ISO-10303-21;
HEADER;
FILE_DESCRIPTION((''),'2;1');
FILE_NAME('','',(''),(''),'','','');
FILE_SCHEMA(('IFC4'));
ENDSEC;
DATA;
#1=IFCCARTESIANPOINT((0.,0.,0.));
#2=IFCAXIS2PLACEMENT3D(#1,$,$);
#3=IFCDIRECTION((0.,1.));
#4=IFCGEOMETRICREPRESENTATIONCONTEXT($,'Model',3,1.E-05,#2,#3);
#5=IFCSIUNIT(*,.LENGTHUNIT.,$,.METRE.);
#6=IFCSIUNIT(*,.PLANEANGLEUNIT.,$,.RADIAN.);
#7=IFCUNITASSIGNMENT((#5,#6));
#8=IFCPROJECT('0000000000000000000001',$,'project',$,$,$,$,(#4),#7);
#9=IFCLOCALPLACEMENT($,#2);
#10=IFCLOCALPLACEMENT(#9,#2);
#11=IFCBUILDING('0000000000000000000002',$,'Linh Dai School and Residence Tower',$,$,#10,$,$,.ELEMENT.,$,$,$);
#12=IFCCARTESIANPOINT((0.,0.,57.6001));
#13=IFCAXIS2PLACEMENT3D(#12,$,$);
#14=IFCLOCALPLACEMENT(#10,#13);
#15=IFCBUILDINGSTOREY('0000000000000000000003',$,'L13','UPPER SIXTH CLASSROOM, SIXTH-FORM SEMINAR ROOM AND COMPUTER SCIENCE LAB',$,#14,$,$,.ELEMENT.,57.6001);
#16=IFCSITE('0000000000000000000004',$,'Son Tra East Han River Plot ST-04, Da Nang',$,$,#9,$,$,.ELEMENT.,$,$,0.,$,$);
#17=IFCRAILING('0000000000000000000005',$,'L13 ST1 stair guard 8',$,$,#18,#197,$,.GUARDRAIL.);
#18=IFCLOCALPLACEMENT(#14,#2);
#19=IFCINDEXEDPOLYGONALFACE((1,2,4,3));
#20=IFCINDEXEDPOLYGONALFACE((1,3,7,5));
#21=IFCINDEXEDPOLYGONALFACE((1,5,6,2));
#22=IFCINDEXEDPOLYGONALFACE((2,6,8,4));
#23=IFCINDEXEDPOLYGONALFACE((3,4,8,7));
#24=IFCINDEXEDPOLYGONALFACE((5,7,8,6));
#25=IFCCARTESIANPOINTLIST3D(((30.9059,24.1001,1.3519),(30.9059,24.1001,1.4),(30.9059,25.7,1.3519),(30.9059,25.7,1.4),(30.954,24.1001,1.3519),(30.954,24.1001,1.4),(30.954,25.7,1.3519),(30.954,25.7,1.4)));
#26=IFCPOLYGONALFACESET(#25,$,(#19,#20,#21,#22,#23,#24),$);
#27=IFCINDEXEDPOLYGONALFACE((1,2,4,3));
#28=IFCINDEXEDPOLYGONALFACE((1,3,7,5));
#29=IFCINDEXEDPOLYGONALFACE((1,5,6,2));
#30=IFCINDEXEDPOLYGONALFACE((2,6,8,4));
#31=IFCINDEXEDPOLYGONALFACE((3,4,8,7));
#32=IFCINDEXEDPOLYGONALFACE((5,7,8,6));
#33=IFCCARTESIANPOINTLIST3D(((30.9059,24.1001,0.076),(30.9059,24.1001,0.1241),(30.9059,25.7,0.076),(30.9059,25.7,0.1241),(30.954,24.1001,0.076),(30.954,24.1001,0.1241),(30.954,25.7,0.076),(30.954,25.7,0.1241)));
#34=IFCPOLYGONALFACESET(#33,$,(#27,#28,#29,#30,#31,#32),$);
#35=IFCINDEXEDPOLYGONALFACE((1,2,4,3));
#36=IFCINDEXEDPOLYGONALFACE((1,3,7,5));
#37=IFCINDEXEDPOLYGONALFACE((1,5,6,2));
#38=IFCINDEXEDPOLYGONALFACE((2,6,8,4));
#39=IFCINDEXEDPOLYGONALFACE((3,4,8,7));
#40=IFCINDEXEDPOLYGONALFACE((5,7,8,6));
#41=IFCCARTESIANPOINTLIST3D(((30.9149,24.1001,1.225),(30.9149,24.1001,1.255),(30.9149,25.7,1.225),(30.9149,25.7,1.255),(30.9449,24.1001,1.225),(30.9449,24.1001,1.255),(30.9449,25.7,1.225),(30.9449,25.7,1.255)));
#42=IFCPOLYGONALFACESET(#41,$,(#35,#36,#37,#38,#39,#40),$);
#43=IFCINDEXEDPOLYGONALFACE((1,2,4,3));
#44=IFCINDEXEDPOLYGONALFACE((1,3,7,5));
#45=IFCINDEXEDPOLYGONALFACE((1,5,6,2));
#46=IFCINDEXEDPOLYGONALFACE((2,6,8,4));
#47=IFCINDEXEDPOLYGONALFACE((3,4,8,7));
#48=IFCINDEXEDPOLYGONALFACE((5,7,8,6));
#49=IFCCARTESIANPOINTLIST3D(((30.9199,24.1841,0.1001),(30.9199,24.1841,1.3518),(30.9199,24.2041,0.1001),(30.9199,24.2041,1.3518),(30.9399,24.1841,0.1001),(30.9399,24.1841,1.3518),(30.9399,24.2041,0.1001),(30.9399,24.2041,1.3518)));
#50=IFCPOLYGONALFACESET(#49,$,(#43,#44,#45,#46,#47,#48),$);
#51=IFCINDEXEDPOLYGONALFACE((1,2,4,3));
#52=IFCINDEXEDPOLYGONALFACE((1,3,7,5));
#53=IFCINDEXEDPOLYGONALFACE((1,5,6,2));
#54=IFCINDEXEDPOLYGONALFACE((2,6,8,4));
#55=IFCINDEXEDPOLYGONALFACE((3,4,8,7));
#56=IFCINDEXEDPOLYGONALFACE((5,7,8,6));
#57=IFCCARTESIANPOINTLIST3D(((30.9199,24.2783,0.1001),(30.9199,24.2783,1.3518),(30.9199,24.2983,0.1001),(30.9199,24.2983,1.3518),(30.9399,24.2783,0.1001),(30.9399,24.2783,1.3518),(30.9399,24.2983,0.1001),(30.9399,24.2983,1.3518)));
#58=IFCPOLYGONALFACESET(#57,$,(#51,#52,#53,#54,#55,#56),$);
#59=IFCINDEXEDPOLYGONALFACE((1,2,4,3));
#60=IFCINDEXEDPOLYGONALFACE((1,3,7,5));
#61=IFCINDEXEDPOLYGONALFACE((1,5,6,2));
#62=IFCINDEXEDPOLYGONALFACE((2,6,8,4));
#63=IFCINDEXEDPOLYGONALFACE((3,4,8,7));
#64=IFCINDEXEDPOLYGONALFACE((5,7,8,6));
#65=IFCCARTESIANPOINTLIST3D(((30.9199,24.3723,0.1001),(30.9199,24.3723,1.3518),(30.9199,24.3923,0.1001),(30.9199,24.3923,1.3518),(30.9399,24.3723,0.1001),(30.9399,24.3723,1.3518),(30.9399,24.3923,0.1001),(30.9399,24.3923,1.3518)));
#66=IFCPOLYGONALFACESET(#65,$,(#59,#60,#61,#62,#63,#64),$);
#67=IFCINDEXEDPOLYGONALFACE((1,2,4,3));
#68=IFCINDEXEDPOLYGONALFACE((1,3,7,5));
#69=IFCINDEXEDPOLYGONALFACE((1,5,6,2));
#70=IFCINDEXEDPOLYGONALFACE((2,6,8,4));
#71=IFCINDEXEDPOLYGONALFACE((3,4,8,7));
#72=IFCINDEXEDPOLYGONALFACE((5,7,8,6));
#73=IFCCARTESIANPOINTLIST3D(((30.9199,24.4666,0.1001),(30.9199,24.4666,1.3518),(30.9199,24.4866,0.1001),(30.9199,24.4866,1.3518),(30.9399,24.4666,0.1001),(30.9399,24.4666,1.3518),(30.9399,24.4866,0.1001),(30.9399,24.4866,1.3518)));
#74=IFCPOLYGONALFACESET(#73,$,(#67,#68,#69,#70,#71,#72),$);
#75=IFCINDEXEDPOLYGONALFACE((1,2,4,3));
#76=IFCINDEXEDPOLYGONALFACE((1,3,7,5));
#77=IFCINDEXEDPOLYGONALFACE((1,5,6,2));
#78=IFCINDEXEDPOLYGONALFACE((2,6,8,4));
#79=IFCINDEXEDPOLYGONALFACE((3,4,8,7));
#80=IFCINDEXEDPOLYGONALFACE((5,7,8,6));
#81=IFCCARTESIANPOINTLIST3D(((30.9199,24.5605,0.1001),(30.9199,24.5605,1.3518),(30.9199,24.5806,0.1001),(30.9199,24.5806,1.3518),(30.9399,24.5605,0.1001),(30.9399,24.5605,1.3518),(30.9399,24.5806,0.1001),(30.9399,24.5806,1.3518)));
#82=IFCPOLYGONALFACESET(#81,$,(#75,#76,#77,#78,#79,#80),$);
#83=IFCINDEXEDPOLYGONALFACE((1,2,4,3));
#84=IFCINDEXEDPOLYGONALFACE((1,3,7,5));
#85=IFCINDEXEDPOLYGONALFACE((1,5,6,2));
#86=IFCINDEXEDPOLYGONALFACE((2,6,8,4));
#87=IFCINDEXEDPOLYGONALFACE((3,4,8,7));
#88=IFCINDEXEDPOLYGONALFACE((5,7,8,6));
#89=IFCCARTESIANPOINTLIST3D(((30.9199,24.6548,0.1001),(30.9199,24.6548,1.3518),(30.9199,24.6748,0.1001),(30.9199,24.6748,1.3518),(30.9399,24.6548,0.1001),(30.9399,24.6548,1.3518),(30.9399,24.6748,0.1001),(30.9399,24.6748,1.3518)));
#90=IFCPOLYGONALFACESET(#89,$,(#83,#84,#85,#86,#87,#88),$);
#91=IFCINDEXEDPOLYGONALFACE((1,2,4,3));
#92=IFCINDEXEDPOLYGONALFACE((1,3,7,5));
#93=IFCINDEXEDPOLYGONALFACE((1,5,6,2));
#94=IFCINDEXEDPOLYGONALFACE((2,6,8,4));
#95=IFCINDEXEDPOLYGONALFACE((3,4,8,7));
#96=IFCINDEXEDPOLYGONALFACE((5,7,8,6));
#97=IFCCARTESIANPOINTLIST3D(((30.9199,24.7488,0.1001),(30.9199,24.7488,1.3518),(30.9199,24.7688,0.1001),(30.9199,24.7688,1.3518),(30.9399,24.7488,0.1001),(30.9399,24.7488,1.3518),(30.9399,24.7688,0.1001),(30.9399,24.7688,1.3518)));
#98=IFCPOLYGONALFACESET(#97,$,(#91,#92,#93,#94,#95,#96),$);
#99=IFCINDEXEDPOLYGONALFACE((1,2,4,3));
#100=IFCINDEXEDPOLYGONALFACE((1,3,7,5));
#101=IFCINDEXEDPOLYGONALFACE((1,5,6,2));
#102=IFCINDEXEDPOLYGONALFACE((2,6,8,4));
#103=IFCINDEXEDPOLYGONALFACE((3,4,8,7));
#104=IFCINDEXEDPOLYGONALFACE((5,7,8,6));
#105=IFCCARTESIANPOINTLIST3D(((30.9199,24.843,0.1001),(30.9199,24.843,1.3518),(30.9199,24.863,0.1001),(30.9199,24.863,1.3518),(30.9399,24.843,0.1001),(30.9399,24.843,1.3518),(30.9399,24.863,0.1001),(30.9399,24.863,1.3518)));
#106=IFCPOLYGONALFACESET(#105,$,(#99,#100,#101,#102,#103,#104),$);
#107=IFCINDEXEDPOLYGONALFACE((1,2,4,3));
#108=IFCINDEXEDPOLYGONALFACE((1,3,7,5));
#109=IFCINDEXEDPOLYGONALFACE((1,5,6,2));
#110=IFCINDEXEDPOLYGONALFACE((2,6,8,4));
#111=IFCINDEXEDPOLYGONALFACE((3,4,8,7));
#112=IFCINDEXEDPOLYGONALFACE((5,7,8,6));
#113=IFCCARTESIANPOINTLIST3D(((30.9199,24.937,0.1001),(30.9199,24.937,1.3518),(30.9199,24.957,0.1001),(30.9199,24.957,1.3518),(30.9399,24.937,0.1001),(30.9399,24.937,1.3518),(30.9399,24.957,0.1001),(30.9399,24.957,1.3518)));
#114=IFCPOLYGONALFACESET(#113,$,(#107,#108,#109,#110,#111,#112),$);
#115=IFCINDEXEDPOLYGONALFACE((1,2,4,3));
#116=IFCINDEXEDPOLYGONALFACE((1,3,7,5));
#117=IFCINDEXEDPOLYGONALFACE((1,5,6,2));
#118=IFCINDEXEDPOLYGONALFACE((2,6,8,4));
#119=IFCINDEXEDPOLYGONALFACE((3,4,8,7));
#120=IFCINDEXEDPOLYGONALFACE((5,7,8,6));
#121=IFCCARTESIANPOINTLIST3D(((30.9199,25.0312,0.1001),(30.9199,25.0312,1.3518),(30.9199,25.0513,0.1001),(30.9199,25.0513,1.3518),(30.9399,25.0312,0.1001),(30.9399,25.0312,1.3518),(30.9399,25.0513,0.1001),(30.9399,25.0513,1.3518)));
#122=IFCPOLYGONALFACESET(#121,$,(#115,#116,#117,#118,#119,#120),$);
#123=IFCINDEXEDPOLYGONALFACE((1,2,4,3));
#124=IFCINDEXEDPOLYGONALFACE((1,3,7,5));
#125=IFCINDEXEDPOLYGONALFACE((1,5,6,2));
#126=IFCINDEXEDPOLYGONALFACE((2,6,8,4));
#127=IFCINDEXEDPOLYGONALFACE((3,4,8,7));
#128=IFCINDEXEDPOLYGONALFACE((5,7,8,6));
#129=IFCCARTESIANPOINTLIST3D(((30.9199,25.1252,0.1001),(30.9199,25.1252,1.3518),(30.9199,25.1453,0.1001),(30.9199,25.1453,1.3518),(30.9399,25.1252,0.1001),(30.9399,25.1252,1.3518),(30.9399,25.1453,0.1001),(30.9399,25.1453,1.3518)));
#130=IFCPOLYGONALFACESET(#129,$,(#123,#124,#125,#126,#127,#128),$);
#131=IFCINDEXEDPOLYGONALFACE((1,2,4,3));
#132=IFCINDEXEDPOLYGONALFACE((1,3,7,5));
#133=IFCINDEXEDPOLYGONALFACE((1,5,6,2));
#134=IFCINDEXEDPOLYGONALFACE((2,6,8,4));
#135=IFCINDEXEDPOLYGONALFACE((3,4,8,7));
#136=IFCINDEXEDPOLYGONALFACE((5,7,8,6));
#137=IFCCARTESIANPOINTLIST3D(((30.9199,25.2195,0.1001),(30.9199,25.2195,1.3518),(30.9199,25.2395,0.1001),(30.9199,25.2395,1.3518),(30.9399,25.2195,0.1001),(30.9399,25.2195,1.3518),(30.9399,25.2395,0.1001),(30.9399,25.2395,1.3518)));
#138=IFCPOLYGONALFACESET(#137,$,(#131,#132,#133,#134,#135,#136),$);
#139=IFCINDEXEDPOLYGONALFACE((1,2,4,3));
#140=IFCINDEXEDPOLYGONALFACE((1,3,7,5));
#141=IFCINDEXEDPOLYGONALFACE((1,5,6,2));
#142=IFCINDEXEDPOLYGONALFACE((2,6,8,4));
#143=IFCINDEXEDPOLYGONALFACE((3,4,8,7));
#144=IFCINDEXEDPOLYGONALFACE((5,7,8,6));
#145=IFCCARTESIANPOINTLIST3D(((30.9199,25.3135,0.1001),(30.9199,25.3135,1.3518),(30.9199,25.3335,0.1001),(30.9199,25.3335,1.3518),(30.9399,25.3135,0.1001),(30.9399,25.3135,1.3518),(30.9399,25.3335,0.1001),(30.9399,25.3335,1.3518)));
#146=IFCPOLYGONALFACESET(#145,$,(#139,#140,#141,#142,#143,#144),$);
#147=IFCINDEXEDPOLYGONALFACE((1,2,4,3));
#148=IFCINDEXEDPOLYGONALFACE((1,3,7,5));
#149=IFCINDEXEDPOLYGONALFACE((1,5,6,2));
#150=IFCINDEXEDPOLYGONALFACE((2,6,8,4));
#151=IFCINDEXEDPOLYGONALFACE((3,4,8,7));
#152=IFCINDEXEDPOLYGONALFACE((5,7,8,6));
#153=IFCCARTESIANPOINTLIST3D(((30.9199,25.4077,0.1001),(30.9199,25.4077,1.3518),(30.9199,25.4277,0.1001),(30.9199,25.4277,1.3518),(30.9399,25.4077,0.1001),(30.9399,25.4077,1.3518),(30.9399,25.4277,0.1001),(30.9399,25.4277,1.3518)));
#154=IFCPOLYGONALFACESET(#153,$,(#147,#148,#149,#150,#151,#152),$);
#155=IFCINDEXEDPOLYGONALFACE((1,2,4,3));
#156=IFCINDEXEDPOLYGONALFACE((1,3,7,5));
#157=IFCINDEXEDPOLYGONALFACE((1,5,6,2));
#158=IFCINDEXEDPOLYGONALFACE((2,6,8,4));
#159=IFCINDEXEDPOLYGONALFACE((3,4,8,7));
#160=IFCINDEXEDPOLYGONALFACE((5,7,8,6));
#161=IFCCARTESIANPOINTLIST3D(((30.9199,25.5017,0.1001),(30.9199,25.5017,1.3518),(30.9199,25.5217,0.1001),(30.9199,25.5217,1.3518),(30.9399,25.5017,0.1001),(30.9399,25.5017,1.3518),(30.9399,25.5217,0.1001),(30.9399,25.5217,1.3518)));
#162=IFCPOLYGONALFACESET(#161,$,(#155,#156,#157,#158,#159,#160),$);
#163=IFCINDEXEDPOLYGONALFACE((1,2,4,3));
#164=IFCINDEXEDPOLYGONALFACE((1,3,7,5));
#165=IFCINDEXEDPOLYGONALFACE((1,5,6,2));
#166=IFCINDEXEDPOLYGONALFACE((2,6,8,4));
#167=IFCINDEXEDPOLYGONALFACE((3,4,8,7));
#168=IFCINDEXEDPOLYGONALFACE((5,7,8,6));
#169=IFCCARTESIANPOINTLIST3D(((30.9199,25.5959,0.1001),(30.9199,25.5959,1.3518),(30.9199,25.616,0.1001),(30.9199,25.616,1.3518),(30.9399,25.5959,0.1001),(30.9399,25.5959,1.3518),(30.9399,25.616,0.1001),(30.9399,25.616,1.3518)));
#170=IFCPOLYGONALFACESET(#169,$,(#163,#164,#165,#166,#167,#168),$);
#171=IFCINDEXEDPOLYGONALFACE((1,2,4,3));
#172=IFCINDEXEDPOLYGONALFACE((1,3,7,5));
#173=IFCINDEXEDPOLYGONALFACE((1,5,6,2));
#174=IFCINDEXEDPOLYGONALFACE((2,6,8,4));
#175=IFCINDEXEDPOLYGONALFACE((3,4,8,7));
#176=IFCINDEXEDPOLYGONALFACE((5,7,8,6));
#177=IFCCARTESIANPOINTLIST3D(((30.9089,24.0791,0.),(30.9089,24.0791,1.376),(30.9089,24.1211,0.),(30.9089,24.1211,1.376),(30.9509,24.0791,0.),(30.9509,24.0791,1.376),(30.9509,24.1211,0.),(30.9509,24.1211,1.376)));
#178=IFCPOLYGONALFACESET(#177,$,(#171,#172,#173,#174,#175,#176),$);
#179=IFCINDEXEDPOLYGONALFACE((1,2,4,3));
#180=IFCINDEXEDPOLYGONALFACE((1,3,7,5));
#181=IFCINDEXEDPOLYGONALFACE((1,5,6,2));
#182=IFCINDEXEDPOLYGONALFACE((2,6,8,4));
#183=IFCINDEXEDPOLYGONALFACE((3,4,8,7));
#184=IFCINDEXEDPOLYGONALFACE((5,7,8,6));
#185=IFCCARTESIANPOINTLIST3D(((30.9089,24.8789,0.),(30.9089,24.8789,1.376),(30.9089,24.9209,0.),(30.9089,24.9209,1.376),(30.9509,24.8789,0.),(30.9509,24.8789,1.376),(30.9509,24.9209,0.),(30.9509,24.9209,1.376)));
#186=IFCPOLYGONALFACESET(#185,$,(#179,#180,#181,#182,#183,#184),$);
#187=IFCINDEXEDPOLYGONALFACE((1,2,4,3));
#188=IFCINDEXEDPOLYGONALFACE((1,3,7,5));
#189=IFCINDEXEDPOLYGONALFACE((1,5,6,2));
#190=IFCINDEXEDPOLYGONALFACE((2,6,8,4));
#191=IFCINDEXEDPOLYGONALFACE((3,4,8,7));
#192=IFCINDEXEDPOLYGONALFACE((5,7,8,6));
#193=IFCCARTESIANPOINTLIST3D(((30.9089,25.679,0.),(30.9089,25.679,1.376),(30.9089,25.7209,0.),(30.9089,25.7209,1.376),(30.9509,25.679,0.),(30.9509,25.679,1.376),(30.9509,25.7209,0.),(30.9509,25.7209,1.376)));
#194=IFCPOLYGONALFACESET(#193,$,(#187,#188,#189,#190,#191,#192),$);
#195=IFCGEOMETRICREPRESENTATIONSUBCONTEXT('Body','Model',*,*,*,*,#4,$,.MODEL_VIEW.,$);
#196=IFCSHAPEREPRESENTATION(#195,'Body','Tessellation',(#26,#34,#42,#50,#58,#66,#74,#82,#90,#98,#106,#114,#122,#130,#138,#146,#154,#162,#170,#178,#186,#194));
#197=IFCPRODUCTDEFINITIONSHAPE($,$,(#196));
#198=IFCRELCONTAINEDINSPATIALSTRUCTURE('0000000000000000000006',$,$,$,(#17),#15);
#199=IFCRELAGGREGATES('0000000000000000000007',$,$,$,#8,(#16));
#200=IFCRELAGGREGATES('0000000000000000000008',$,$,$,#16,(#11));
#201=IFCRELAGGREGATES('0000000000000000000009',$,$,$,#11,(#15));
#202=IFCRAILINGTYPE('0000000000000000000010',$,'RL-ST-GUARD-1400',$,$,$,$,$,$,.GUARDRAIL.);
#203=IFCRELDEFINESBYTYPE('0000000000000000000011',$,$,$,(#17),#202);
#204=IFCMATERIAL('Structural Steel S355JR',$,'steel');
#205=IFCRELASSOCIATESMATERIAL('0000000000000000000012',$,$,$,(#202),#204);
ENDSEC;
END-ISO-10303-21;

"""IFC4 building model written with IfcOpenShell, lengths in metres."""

from ifc_helpers import new_model, si_unit, direction, frame, origin, origin_2d, place, context, subcontext, project, spatial, rectangle, extrude, source, transform, mapped, material, type_object, element, save


model = new_model("IFC4")

# Units and contexts
model_context = context("Model", 3, precision=1e-05, world=origin(), true_north=direction((0.0, 1.0)))
body_context = subcontext(model_context, "Body", "Model", "MODEL_VIEW")
ifc_project = project(units=[si_unit("LENGTHUNIT", "METRE"), si_unit("PLANEANGLEUNIT", "RADIAN")], contexts=[model_context])

# Site, building, storey
site_placement = place(None, origin())
site = spatial("IfcSite", under=ifc_project, at=site_placement, Name="Son Tra East Han River Plot ST-04, Da Nang", CompositionType="ELEMENT", RefElevation=0.0)
building_placement = place(site_placement, origin())
building = spatial("IfcBuilding", under=site, at=building_placement, Name="Linh Dai School and Residence Tower", CompositionType="ELEMENT")
storey_placement = place(building_placement, frame((0.0, 0.0, 57.6001)))
storey = spatial("IfcBuildingStorey", under=building, at=storey_placement, Name="L13", Description="UPPER SIXTH CLASSROOM, SIXTH-FORM SEMINAR ROOM AND COMPUTER SCIENCE LAB", CompositionType="ELEMENT", Elevation=57.6001)

# Shared definitions
ifc_material_1 = material(Name="Structural Steel S355JR", Category="steel")

# Railing
railing_type_1 = type_object("IfcRailingType", Name="RL-ST-GUARD-1400", PredefinedType="GUARDRAIL", material=ifc_material_1)
shared_shape_1 = source(origin(), body_context, "Body", "SweptSolid", [
    extrude(rectangle(XDim=0.0481, YDim=0.0481, at=origin_2d()), frame((0.0, 0.0, 1.376), z_axis=(0.0, 1.0, 0.0), x_axis=(-1.0, 0.0, 0.0)), (0.0, 0.0, 1.0), 1.5999),
    extrude(rectangle(XDim=0.0481, YDim=0.0481, at=origin_2d()), frame((0.0, 0.0, 0.1001), z_axis=(0.0, 1.0, 0.0), x_axis=(-1.0, 0.0, 0.0)), (0.0, 0.0, 1.0), 1.5999),
    extrude(rectangle(XDim=0.03, YDim=0.03, at=origin_2d()), frame((0.0, 0.0, 1.24), z_axis=(0.0, 1.0, 0.0), x_axis=(-1.0, 0.0, 0.0)), (0.0, 0.0, 1.0), 1.5999),
    extrude(rectangle(XDim=0.02, YDim=0.02, at=origin_2d()), frame((0.0, 0.094, 0.1001)), (0.0, 0.0, 1.0), 1.2517),
    extrude(rectangle(XDim=0.02, YDim=0.02, at=origin_2d()), frame((0.0, 0.1882, 0.1001)), (0.0, 0.0, 1.0), 1.2517),
    extrude(rectangle(XDim=0.02, YDim=0.02, at=origin_2d()), frame((0.0, 0.2822, 0.1001)), (0.0, 0.0, 1.0), 1.2517),
    extrude(rectangle(XDim=0.02, YDim=0.02, at=origin_2d()), frame((0.0, 0.3765, 0.1001)), (0.0, 0.0, 1.0), 1.2517),
    extrude(rectangle(XDim=0.02, YDim=0.02, at=origin_2d()), frame((0.0, 0.4705, 0.1001)), (0.0, 0.0, 1.0), 1.2517),
    extrude(rectangle(XDim=0.02, YDim=0.02, at=origin_2d()), frame((0.0, 0.5647, 0.1001)), (0.0, 0.0, 1.0), 1.2517),
    extrude(rectangle(XDim=0.02, YDim=0.02, at=origin_2d()), frame((0.0, 0.6587, 0.1001)), (0.0, 0.0, 1.0), 1.2517),
    extrude(rectangle(XDim=0.02, YDim=0.02, at=origin_2d()), frame((0.0, 0.7529, 0.1001)), (0.0, 0.0, 1.0), 1.2517),
    extrude(rectangle(XDim=0.02, YDim=0.02, at=origin_2d()), frame((0.0, 0.8469, 0.1001)), (0.0, 0.0, 1.0), 1.2517),
    extrude(rectangle(XDim=0.02, YDim=0.02, at=origin_2d()), frame((0.0, 0.9412, 0.1001)), (0.0, 0.0, 1.0), 1.2517),
    extrude(rectangle(XDim=0.02, YDim=0.02, at=origin_2d()), frame((0.0, 1.0352, 0.1001)), (0.0, 0.0, 1.0), 1.2517),
    extrude(rectangle(XDim=0.02, YDim=0.02, at=origin_2d()), frame((0.0, 1.1294, 0.1001)), (0.0, 0.0, 1.0), 1.2517),
    extrude(rectangle(XDim=0.02, YDim=0.02, at=origin_2d()), frame((0.0, 1.2234, 0.1001)), (0.0, 0.0, 1.0), 1.2517),
    extrude(rectangle(XDim=0.02, YDim=0.02, at=origin_2d()), frame((0.0, 1.3176, 0.1001)), (0.0, 0.0, 1.0), 1.2517),
    extrude(rectangle(XDim=0.02, YDim=0.02, at=origin_2d()), frame((0.0, 1.4116, 0.1001)), (0.0, 0.0, 1.0), 1.2517),
    extrude(rectangle(XDim=0.02, YDim=0.02, at=origin_2d()), frame((0.0, 1.5059, 0.1001)), (0.0, 0.0, 1.0), 1.2517),
    extrude(rectangle(XDim=0.042, YDim=0.042, at=origin_2d()), origin(), (0.0, 0.0, 1.0), 1.376),
    extrude(rectangle(XDim=0.042, YDim=0.042, at=origin_2d()), frame((0.0, 0.7998, 0.0)), (0.0, 0.0, 1.0), 1.376),
    extrude(rectangle(XDim=0.042, YDim=0.042, at=origin_2d()), frame((0.0, 1.5999, 0.0)), (0.0, 0.0, 1.0), 1.376),
])
for number, where, name in (
    (1, (30.9299, 24.1001, 0.0), "L13 ST1 stair guard 8"),
):
    element("IfcRailing", number, at=place(storey_placement, frame(where)), inside=storey, type_object=railing_type_1, Name=name, PredefinedType="GUARDRAIL", context=body_context, shape_type="MappedRepresentation", body=[
        mapped(shared_shape_1, transform((0.0, 0.0, 0.0), x_axis=(1.0, 0.0, 0.0), y_axis=(0.0, 1.0, 0.0), z_axis=(0.0, 0.0, 1.0), scale=1.0)),
    ])

save(model, "model.ifc")
